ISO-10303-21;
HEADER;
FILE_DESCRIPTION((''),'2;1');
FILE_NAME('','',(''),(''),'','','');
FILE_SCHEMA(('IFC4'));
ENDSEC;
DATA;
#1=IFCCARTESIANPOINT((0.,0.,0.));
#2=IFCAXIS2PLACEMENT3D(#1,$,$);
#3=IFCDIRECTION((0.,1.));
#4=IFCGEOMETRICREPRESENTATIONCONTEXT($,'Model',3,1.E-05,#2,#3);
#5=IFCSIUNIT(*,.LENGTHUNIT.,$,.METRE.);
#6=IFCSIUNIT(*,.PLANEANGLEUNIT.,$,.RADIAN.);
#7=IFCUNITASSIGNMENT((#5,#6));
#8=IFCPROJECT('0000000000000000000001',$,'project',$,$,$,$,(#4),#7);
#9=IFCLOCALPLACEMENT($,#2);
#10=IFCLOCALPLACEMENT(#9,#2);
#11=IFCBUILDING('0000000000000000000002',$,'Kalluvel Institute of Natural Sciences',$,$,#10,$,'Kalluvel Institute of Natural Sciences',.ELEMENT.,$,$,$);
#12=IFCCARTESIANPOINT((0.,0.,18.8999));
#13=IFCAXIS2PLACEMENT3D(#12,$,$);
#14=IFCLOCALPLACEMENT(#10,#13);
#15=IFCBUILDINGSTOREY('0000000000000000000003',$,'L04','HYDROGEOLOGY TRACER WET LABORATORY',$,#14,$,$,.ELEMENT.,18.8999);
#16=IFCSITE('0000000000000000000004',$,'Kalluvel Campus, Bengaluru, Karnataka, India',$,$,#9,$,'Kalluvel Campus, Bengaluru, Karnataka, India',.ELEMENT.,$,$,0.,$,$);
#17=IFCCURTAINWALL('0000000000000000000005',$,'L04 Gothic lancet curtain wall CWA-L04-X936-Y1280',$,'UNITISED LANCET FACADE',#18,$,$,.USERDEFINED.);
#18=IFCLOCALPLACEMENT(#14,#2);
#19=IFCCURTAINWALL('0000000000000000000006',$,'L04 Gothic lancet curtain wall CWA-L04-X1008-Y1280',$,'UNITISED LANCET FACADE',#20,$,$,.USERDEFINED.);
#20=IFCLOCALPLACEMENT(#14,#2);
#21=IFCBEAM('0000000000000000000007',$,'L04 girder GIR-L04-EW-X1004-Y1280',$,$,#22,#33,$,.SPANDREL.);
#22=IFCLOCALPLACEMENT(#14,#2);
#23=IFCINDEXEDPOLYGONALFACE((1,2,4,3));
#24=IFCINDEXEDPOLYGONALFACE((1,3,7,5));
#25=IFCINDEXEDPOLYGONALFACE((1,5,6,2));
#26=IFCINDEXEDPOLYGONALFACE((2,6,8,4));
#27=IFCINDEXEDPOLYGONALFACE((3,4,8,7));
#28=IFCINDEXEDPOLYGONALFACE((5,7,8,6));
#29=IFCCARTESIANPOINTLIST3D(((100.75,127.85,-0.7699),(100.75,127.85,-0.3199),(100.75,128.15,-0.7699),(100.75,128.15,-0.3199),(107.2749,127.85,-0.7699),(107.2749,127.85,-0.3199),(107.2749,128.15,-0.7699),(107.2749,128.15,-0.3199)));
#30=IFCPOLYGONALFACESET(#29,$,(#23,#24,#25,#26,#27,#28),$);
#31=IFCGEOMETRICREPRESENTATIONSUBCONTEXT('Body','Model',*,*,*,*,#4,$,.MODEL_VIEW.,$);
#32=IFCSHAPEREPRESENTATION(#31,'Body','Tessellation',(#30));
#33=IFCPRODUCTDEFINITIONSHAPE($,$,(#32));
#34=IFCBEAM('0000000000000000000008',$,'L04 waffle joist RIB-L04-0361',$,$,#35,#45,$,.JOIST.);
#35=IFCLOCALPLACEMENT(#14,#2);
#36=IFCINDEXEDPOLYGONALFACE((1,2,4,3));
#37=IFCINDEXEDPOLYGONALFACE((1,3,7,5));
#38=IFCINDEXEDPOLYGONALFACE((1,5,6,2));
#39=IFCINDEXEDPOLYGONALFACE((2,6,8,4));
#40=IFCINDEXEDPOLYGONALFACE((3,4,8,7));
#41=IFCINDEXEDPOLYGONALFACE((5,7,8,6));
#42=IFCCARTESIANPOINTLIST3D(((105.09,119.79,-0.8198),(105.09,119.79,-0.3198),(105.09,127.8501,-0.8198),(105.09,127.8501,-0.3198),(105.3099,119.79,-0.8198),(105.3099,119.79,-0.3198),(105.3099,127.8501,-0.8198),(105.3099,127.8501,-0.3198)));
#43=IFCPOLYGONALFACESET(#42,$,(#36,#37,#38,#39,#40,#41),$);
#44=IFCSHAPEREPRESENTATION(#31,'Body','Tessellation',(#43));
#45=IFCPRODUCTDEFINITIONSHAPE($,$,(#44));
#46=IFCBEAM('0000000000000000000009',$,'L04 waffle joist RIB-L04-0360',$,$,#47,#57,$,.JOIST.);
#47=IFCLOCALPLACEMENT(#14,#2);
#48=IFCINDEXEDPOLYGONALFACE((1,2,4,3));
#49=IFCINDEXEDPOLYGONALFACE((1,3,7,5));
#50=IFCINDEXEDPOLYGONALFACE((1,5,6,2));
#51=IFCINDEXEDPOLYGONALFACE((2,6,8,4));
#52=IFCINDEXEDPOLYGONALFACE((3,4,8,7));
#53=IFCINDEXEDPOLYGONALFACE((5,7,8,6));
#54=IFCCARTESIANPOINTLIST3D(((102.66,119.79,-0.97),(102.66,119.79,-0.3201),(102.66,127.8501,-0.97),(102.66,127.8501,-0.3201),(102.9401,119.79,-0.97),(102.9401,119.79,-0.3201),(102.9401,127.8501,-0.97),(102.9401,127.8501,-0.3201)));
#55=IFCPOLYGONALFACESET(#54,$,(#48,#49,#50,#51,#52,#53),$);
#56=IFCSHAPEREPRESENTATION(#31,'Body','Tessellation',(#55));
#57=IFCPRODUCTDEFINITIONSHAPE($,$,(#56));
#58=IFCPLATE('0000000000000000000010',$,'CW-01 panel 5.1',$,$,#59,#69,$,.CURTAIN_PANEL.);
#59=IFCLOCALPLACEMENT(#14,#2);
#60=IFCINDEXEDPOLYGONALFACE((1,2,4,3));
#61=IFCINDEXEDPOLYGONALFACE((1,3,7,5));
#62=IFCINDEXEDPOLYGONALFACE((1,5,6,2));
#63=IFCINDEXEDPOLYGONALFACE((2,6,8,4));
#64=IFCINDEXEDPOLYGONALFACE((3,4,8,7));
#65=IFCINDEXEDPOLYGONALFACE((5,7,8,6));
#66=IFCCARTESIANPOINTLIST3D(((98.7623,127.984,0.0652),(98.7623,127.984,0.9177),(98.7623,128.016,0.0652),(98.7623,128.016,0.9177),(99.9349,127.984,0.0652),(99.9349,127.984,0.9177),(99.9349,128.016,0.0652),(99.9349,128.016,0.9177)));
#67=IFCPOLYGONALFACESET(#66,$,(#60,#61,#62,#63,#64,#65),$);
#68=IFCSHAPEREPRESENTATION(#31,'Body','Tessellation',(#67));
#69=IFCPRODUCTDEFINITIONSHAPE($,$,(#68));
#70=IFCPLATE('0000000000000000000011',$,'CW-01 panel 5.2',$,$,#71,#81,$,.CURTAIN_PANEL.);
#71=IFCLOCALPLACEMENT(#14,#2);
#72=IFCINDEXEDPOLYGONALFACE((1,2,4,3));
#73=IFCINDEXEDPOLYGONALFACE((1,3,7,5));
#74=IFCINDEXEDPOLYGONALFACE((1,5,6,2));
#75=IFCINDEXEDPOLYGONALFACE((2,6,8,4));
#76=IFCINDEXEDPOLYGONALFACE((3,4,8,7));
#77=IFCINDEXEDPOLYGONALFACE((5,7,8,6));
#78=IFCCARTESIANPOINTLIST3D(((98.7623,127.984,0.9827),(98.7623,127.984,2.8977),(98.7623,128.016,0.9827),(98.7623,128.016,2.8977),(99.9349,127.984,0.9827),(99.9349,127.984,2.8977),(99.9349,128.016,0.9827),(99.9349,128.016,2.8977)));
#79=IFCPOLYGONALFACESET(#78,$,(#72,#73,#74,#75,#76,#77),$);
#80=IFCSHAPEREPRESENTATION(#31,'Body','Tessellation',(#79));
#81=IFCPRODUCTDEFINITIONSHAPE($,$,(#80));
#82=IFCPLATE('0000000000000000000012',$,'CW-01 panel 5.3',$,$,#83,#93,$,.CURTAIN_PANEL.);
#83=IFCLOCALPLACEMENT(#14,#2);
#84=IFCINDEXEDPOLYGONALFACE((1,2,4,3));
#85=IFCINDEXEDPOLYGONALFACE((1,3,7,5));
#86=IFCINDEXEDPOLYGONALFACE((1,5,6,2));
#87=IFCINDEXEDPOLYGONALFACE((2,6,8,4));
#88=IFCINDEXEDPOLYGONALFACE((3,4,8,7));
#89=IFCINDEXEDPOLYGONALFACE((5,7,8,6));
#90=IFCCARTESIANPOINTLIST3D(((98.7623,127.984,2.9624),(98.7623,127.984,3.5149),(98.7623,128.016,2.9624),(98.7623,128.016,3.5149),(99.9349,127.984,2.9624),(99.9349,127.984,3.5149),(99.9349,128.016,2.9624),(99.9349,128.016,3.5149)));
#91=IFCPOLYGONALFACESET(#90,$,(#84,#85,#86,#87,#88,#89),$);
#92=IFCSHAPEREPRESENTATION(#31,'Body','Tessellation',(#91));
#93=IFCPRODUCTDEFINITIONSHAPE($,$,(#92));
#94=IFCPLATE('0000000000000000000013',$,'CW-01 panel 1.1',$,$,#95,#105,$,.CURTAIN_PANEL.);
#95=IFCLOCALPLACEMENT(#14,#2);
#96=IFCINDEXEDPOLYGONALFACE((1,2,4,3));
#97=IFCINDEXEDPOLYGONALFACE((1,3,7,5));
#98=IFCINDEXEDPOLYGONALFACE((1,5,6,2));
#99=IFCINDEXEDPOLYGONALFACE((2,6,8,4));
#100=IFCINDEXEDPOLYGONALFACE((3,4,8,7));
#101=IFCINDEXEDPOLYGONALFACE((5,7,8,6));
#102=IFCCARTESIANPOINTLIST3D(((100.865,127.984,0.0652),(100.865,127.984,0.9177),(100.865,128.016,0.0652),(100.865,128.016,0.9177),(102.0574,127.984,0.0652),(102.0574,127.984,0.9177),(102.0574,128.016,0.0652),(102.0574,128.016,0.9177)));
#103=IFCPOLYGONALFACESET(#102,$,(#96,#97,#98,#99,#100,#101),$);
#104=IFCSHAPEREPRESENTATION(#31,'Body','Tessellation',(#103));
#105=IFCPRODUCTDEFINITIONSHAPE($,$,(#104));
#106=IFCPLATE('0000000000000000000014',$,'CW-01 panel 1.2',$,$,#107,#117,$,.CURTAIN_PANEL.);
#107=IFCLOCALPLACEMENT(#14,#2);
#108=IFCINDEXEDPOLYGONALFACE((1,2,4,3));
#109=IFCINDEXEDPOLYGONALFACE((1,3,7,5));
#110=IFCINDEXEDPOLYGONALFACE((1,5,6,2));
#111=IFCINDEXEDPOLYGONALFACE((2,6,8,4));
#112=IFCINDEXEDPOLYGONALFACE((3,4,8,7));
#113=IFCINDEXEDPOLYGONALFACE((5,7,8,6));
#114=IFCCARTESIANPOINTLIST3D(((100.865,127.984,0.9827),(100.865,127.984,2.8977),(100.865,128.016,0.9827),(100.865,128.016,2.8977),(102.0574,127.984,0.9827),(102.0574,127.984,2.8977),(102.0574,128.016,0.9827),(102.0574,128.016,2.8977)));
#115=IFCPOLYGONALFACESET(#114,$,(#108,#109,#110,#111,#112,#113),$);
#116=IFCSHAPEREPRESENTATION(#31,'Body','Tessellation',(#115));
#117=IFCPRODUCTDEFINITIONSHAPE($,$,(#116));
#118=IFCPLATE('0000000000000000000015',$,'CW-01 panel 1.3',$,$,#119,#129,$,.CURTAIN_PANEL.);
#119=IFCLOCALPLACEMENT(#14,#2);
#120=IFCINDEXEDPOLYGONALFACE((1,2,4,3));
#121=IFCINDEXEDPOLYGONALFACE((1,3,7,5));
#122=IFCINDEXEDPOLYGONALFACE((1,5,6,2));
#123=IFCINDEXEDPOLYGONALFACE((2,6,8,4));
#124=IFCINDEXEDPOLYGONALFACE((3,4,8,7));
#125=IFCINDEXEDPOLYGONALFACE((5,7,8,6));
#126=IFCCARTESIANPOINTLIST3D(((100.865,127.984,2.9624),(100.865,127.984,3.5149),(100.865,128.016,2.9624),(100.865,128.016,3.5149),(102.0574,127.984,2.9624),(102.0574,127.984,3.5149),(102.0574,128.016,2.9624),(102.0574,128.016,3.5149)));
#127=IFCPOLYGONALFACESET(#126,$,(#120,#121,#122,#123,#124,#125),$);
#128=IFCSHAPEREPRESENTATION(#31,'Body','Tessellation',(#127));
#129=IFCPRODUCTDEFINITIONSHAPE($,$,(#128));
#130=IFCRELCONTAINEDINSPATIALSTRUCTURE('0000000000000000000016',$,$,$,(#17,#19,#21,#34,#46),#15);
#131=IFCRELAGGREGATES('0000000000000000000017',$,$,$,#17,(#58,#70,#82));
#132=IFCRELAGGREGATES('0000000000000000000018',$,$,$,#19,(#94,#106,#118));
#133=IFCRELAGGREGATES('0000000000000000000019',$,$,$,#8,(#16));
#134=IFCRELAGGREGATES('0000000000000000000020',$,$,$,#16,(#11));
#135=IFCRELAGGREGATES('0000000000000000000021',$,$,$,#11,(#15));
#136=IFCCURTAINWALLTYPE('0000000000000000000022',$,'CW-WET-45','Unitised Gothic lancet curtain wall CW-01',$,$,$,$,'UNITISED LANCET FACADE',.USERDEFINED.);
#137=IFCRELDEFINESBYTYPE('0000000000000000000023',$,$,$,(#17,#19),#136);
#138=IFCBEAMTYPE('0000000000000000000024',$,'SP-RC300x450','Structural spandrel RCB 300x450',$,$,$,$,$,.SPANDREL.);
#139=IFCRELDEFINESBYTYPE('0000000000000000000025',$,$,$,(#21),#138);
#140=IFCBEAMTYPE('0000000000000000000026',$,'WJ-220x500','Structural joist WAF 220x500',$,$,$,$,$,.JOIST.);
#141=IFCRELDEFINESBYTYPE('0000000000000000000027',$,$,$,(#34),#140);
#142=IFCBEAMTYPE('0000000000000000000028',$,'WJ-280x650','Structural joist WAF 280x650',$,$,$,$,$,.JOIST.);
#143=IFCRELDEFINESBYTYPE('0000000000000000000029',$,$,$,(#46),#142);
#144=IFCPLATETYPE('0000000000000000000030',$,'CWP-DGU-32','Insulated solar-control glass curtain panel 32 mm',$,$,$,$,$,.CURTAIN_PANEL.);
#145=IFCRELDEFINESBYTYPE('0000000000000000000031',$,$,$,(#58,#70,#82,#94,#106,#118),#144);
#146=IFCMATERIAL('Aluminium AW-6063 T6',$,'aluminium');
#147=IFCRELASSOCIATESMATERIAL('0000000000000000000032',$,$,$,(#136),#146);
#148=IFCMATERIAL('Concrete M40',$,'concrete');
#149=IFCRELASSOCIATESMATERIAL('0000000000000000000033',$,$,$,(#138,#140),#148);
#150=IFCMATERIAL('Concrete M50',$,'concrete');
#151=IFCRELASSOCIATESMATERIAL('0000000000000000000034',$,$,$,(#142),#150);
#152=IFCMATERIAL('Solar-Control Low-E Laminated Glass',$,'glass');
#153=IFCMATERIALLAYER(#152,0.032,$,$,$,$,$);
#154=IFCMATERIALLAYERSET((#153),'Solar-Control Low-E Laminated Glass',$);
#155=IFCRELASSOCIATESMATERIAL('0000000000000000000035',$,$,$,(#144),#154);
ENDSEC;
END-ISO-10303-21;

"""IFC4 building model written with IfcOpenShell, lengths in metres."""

from ifc_helpers import new_model, si_unit, direction, frame, origin, origin_2d, place, context, subcontext, project, spatial, rectangle, extrude, material, layer, layer_set, material_profile, profile_set, type_object, element, aggregate, save


model = new_model("IFC4")

# Units and contexts
model_context = context("Model", 3, precision=1e-05, world=origin(), true_north=direction((0.0, 1.0)))
body_context = subcontext(model_context, "Body", "Model", "MODEL_VIEW")
ifc_project = project(units=[si_unit("LENGTHUNIT", "METRE"), si_unit("PLANEANGLEUNIT", "RADIAN")], contexts=[model_context])

# Site, building, storey
site_placement = place(None, origin())
site = spatial("IfcSite", under=ifc_project, at=site_placement, Name="Kalluvel Campus, Bengaluru, Karnataka, India", LongName="Kalluvel Campus, Bengaluru, Karnataka, India", CompositionType="ELEMENT", RefElevation=0.0)
building_placement = place(site_placement, origin())
building = spatial("IfcBuilding", under=site, at=building_placement, Name="Kalluvel Institute of Natural Sciences", LongName="Kalluvel Institute of Natural Sciences", CompositionType="ELEMENT")
storey_placement = place(building_placement, frame((0.0, 0.0, 18.8999)))
storey = spatial("IfcBuildingStorey", under=building, at=storey_placement, Name="L04", Description="HYDROGEOLOGY TRACER WET LABORATORY", CompositionType="ELEMENT", Elevation=18.8999)

# Shared definitions
ifc_material_1 = material(Name="Concrete M40", Category="concrete")

# Curtain wall
ifc_material_2 = material(Name="Aluminium AW-6063 T6", Category="aluminium")
curtain_wall_type = type_object("IfcCurtainWallType", Name="CW-WET-45", Description="Unitised Gothic lancet curtain wall CW-01", ElementType="UNITISED LANCET FACADE", PredefinedType="USERDEFINED", material=ifc_material_2)
curtain_wall_1_placement = place(storey_placement, origin())
curtain_wall_1 = element("IfcCurtainWall", 1, at=curtain_wall_1_placement, inside=storey, type_object=curtain_wall_type, Name="L04 Gothic lancet curtain wall CWA-L04-X936-Y1280", ObjectType="UNITISED LANCET FACADE", PredefinedType="USERDEFINED")

# Curtain wall
curtain_wall_2_placement = place(storey_placement, origin())
curtain_wall_2 = element("IfcCurtainWall", 2, at=curtain_wall_2_placement, inside=storey, type_object=curtain_wall_type, Name="L04 Gothic lancet curtain wall CWA-L04-X1008-Y1280", ObjectType="UNITISED LANCET FACADE", PredefinedType="USERDEFINED")

# Beams
ifc_material_profile_1 = material_profile(ifc_material_1, rectangle(XDim=0.3, YDim=0.45, at=origin_2d()), Name="RCB 300x450")
ifc_profile_set_1 = profile_set([ifc_material_profile_1], Name="Concrete M40")
beam_type_1 = type_object("IfcBeamType", Name="SP-RC300x450", Description="Structural spandrel RCB 300x450", PredefinedType="SPANDREL", material=ifc_profile_set_1)
beam_1_placement = place(storey_placement, frame((100.75, 128.0, -0.5449), z_axis=(1.0, 0.0, 0.0), x_axis=(0.0, 1.0, 0.0)))
element("IfcBeam", 3, at=beam_1_placement, inside=storey, type_object=beam_type_1, Name="L04 girder GIR-L04-EW-X1004-Y1280", PredefinedType="SPANDREL", context=body_context, shape_type="SweptSolid", body=[
    extrude(rectangle(XDim=0.3, YDim=0.45, at=origin_2d()), origin(), (0.0, 0.0, 1.0), 6.5249),
])
ifc_material_profile_2 = material_profile(ifc_material_1, rectangle(XDim=0.22, YDim=0.5, at=origin_2d()), Name="WAF 220x500")
ifc_profile_set_2 = profile_set([ifc_material_profile_2], Name="Concrete M40")
beam_type_2 = type_object("IfcBeamType", Name="WJ-220x500", Description="Structural joist WAF 220x500", PredefinedType="JOIST", material=ifc_profile_set_2)
beam_2_placement = place(storey_placement, frame((105.2, 119.79, -0.5698), z_axis=(0.0, 1.0, 0.0), x_axis=(-1.0, 0.0, 0.0)))
element("IfcBeam", 4, at=beam_2_placement, inside=storey, type_object=beam_type_2, Name="L04 waffle joist RIB-L04-0361", PredefinedType="JOIST", context=body_context, shape_type="SweptSolid", body=[
    extrude(rectangle(XDim=0.22, YDim=0.5, at=origin_2d()), origin(), (0.0, 0.0, 1.0), 8.0601),
])
ifc_material_3 = material(Name="Concrete M50", Category="concrete")
ifc_material_profile_3 = material_profile(ifc_material_3, rectangle(XDim=0.28, YDim=0.6499, at=origin_2d()), Name="WAF 280x650")
ifc_profile_set_3 = profile_set([ifc_material_profile_3], Name="Concrete M50")
beam_type_3 = type_object("IfcBeamType", Name="WJ-280x650", Description="Structural joist WAF 280x650", PredefinedType="JOIST", material=ifc_profile_set_3)
beam_3_placement = place(storey_placement, frame((102.8, 119.79, -0.645), z_axis=(0.0, 1.0, 0.0), x_axis=(-1.0, 0.0, 0.0)))
element("IfcBeam", 5, at=beam_3_placement, inside=storey, type_object=beam_type_3, Name="L04 waffle joist RIB-L04-0360", PredefinedType="JOIST", context=body_context, shape_type="SweptSolid", body=[
    extrude(rectangle(XDim=0.28, YDim=0.6499, at=origin_2d()), origin(), (0.0, 0.0, 1.0), 8.0601),
])

# Plates
ifc_material_4 = material(Name="Solar-Control Low-E Laminated Glass", Category="glass")
ifc_layer = layer(ifc_material_4, 0.032)
ifc_layer_set = layer_set([ifc_layer], Name="Solar-Control Low-E Laminated Glass")
plate_type = type_object("IfcPlateType", Name="CWP-DGU-32", Description="Insulated solar-control glass curtain panel 32 mm", PredefinedType="CURTAIN_PANEL", material=ifc_layer_set)
plate_1_placement = place(storey_placement, frame((99.3486, 128.0, 0.0652), z_axis=(0.0, 0.0, 1.0), x_axis=(1.0, 0.0, 0.0)))
plate_1 = element("IfcPlate", 6, at=plate_1_placement, type_object=plate_type, Name="CW-01 panel 5.1", PredefinedType="CURTAIN_PANEL", context=body_context, shape_type="SweptSolid", body=[
    extrude(rectangle(XDim=1.1726, YDim=0.032, at=origin_2d()), origin(), (0.0, 0.0, 1.0), 0.8525),
])
plate_2_placement = place(storey_placement, frame((99.3486, 128.0, 0.9827), z_axis=(0.0, 0.0, 1.0), x_axis=(1.0, 0.0, 0.0)))
plate_2 = element("IfcPlate", 7, at=plate_2_placement, type_object=plate_type, Name="CW-01 panel 5.2", PredefinedType="CURTAIN_PANEL", context=body_context, shape_type="SweptSolid", body=[
    extrude(rectangle(XDim=1.1726, YDim=0.032, at=origin_2d()), origin(), (0.0, 0.0, 1.0), 1.915),
])
plate_3_placement = place(storey_placement, frame((99.3486, 128.0, 2.9624), z_axis=(0.0, 0.0, 1.0), x_axis=(1.0, 0.0, 0.0)))
plate_3 = element("IfcPlate", 8, at=plate_3_placement, type_object=plate_type, Name="CW-01 panel 5.3", PredefinedType="CURTAIN_PANEL", context=body_context, shape_type="SweptSolid", body=[
    extrude(rectangle(XDim=1.1726, YDim=0.032, at=origin_2d()), origin(), (0.0, 0.0, 1.0), 0.5525),
])
aggregate(curtain_wall_1, [plate_1, plate_2, plate_3])
plate_4_placement = place(storey_placement, frame((101.4612, 128.0, 0.0652), z_axis=(0.0, 0.0, 1.0), x_axis=(1.0, 0.0, 0.0)))
plate_4 = element("IfcPlate", 9, at=plate_4_placement, type_object=plate_type, Name="CW-01 panel 1.1", PredefinedType="CURTAIN_PANEL", context=body_context, shape_type="SweptSolid", body=[
    extrude(rectangle(XDim=1.1924, YDim=0.032, at=origin_2d()), origin(), (0.0, 0.0, 1.0), 0.8525),
])
plate_5_placement = place(storey_placement, frame((101.4612, 128.0, 0.9827), z_axis=(0.0, 0.0, 1.0), x_axis=(1.0, 0.0, 0.0)))
plate_5 = element("IfcPlate", 10, at=plate_5_placement, type_object=plate_type, Name="CW-01 panel 1.2", PredefinedType="CURTAIN_PANEL", context=body_context, shape_type="SweptSolid", body=[
    extrude(rectangle(XDim=1.1924, YDim=0.032, at=origin_2d()), origin(), (0.0, 0.0, 1.0), 1.915),
])
plate_6_placement = place(storey_placement, frame((101.4612, 128.0, 2.9624), z_axis=(0.0, 0.0, 1.0), x_axis=(1.0, 0.0, 0.0)))
plate_6 = element("IfcPlate", 11, at=plate_6_placement, type_object=plate_type, Name="CW-01 panel 1.3", PredefinedType="CURTAIN_PANEL", context=body_context, shape_type="SweptSolid", body=[
    extrude(rectangle(XDim=1.1924, YDim=0.032, at=origin_2d()), origin(), (0.0, 0.0, 1.0), 0.5525),
])
aggregate(curtain_wall_2, [plate_4, plate_5, plate_6])

save(model, "model.ifc")
